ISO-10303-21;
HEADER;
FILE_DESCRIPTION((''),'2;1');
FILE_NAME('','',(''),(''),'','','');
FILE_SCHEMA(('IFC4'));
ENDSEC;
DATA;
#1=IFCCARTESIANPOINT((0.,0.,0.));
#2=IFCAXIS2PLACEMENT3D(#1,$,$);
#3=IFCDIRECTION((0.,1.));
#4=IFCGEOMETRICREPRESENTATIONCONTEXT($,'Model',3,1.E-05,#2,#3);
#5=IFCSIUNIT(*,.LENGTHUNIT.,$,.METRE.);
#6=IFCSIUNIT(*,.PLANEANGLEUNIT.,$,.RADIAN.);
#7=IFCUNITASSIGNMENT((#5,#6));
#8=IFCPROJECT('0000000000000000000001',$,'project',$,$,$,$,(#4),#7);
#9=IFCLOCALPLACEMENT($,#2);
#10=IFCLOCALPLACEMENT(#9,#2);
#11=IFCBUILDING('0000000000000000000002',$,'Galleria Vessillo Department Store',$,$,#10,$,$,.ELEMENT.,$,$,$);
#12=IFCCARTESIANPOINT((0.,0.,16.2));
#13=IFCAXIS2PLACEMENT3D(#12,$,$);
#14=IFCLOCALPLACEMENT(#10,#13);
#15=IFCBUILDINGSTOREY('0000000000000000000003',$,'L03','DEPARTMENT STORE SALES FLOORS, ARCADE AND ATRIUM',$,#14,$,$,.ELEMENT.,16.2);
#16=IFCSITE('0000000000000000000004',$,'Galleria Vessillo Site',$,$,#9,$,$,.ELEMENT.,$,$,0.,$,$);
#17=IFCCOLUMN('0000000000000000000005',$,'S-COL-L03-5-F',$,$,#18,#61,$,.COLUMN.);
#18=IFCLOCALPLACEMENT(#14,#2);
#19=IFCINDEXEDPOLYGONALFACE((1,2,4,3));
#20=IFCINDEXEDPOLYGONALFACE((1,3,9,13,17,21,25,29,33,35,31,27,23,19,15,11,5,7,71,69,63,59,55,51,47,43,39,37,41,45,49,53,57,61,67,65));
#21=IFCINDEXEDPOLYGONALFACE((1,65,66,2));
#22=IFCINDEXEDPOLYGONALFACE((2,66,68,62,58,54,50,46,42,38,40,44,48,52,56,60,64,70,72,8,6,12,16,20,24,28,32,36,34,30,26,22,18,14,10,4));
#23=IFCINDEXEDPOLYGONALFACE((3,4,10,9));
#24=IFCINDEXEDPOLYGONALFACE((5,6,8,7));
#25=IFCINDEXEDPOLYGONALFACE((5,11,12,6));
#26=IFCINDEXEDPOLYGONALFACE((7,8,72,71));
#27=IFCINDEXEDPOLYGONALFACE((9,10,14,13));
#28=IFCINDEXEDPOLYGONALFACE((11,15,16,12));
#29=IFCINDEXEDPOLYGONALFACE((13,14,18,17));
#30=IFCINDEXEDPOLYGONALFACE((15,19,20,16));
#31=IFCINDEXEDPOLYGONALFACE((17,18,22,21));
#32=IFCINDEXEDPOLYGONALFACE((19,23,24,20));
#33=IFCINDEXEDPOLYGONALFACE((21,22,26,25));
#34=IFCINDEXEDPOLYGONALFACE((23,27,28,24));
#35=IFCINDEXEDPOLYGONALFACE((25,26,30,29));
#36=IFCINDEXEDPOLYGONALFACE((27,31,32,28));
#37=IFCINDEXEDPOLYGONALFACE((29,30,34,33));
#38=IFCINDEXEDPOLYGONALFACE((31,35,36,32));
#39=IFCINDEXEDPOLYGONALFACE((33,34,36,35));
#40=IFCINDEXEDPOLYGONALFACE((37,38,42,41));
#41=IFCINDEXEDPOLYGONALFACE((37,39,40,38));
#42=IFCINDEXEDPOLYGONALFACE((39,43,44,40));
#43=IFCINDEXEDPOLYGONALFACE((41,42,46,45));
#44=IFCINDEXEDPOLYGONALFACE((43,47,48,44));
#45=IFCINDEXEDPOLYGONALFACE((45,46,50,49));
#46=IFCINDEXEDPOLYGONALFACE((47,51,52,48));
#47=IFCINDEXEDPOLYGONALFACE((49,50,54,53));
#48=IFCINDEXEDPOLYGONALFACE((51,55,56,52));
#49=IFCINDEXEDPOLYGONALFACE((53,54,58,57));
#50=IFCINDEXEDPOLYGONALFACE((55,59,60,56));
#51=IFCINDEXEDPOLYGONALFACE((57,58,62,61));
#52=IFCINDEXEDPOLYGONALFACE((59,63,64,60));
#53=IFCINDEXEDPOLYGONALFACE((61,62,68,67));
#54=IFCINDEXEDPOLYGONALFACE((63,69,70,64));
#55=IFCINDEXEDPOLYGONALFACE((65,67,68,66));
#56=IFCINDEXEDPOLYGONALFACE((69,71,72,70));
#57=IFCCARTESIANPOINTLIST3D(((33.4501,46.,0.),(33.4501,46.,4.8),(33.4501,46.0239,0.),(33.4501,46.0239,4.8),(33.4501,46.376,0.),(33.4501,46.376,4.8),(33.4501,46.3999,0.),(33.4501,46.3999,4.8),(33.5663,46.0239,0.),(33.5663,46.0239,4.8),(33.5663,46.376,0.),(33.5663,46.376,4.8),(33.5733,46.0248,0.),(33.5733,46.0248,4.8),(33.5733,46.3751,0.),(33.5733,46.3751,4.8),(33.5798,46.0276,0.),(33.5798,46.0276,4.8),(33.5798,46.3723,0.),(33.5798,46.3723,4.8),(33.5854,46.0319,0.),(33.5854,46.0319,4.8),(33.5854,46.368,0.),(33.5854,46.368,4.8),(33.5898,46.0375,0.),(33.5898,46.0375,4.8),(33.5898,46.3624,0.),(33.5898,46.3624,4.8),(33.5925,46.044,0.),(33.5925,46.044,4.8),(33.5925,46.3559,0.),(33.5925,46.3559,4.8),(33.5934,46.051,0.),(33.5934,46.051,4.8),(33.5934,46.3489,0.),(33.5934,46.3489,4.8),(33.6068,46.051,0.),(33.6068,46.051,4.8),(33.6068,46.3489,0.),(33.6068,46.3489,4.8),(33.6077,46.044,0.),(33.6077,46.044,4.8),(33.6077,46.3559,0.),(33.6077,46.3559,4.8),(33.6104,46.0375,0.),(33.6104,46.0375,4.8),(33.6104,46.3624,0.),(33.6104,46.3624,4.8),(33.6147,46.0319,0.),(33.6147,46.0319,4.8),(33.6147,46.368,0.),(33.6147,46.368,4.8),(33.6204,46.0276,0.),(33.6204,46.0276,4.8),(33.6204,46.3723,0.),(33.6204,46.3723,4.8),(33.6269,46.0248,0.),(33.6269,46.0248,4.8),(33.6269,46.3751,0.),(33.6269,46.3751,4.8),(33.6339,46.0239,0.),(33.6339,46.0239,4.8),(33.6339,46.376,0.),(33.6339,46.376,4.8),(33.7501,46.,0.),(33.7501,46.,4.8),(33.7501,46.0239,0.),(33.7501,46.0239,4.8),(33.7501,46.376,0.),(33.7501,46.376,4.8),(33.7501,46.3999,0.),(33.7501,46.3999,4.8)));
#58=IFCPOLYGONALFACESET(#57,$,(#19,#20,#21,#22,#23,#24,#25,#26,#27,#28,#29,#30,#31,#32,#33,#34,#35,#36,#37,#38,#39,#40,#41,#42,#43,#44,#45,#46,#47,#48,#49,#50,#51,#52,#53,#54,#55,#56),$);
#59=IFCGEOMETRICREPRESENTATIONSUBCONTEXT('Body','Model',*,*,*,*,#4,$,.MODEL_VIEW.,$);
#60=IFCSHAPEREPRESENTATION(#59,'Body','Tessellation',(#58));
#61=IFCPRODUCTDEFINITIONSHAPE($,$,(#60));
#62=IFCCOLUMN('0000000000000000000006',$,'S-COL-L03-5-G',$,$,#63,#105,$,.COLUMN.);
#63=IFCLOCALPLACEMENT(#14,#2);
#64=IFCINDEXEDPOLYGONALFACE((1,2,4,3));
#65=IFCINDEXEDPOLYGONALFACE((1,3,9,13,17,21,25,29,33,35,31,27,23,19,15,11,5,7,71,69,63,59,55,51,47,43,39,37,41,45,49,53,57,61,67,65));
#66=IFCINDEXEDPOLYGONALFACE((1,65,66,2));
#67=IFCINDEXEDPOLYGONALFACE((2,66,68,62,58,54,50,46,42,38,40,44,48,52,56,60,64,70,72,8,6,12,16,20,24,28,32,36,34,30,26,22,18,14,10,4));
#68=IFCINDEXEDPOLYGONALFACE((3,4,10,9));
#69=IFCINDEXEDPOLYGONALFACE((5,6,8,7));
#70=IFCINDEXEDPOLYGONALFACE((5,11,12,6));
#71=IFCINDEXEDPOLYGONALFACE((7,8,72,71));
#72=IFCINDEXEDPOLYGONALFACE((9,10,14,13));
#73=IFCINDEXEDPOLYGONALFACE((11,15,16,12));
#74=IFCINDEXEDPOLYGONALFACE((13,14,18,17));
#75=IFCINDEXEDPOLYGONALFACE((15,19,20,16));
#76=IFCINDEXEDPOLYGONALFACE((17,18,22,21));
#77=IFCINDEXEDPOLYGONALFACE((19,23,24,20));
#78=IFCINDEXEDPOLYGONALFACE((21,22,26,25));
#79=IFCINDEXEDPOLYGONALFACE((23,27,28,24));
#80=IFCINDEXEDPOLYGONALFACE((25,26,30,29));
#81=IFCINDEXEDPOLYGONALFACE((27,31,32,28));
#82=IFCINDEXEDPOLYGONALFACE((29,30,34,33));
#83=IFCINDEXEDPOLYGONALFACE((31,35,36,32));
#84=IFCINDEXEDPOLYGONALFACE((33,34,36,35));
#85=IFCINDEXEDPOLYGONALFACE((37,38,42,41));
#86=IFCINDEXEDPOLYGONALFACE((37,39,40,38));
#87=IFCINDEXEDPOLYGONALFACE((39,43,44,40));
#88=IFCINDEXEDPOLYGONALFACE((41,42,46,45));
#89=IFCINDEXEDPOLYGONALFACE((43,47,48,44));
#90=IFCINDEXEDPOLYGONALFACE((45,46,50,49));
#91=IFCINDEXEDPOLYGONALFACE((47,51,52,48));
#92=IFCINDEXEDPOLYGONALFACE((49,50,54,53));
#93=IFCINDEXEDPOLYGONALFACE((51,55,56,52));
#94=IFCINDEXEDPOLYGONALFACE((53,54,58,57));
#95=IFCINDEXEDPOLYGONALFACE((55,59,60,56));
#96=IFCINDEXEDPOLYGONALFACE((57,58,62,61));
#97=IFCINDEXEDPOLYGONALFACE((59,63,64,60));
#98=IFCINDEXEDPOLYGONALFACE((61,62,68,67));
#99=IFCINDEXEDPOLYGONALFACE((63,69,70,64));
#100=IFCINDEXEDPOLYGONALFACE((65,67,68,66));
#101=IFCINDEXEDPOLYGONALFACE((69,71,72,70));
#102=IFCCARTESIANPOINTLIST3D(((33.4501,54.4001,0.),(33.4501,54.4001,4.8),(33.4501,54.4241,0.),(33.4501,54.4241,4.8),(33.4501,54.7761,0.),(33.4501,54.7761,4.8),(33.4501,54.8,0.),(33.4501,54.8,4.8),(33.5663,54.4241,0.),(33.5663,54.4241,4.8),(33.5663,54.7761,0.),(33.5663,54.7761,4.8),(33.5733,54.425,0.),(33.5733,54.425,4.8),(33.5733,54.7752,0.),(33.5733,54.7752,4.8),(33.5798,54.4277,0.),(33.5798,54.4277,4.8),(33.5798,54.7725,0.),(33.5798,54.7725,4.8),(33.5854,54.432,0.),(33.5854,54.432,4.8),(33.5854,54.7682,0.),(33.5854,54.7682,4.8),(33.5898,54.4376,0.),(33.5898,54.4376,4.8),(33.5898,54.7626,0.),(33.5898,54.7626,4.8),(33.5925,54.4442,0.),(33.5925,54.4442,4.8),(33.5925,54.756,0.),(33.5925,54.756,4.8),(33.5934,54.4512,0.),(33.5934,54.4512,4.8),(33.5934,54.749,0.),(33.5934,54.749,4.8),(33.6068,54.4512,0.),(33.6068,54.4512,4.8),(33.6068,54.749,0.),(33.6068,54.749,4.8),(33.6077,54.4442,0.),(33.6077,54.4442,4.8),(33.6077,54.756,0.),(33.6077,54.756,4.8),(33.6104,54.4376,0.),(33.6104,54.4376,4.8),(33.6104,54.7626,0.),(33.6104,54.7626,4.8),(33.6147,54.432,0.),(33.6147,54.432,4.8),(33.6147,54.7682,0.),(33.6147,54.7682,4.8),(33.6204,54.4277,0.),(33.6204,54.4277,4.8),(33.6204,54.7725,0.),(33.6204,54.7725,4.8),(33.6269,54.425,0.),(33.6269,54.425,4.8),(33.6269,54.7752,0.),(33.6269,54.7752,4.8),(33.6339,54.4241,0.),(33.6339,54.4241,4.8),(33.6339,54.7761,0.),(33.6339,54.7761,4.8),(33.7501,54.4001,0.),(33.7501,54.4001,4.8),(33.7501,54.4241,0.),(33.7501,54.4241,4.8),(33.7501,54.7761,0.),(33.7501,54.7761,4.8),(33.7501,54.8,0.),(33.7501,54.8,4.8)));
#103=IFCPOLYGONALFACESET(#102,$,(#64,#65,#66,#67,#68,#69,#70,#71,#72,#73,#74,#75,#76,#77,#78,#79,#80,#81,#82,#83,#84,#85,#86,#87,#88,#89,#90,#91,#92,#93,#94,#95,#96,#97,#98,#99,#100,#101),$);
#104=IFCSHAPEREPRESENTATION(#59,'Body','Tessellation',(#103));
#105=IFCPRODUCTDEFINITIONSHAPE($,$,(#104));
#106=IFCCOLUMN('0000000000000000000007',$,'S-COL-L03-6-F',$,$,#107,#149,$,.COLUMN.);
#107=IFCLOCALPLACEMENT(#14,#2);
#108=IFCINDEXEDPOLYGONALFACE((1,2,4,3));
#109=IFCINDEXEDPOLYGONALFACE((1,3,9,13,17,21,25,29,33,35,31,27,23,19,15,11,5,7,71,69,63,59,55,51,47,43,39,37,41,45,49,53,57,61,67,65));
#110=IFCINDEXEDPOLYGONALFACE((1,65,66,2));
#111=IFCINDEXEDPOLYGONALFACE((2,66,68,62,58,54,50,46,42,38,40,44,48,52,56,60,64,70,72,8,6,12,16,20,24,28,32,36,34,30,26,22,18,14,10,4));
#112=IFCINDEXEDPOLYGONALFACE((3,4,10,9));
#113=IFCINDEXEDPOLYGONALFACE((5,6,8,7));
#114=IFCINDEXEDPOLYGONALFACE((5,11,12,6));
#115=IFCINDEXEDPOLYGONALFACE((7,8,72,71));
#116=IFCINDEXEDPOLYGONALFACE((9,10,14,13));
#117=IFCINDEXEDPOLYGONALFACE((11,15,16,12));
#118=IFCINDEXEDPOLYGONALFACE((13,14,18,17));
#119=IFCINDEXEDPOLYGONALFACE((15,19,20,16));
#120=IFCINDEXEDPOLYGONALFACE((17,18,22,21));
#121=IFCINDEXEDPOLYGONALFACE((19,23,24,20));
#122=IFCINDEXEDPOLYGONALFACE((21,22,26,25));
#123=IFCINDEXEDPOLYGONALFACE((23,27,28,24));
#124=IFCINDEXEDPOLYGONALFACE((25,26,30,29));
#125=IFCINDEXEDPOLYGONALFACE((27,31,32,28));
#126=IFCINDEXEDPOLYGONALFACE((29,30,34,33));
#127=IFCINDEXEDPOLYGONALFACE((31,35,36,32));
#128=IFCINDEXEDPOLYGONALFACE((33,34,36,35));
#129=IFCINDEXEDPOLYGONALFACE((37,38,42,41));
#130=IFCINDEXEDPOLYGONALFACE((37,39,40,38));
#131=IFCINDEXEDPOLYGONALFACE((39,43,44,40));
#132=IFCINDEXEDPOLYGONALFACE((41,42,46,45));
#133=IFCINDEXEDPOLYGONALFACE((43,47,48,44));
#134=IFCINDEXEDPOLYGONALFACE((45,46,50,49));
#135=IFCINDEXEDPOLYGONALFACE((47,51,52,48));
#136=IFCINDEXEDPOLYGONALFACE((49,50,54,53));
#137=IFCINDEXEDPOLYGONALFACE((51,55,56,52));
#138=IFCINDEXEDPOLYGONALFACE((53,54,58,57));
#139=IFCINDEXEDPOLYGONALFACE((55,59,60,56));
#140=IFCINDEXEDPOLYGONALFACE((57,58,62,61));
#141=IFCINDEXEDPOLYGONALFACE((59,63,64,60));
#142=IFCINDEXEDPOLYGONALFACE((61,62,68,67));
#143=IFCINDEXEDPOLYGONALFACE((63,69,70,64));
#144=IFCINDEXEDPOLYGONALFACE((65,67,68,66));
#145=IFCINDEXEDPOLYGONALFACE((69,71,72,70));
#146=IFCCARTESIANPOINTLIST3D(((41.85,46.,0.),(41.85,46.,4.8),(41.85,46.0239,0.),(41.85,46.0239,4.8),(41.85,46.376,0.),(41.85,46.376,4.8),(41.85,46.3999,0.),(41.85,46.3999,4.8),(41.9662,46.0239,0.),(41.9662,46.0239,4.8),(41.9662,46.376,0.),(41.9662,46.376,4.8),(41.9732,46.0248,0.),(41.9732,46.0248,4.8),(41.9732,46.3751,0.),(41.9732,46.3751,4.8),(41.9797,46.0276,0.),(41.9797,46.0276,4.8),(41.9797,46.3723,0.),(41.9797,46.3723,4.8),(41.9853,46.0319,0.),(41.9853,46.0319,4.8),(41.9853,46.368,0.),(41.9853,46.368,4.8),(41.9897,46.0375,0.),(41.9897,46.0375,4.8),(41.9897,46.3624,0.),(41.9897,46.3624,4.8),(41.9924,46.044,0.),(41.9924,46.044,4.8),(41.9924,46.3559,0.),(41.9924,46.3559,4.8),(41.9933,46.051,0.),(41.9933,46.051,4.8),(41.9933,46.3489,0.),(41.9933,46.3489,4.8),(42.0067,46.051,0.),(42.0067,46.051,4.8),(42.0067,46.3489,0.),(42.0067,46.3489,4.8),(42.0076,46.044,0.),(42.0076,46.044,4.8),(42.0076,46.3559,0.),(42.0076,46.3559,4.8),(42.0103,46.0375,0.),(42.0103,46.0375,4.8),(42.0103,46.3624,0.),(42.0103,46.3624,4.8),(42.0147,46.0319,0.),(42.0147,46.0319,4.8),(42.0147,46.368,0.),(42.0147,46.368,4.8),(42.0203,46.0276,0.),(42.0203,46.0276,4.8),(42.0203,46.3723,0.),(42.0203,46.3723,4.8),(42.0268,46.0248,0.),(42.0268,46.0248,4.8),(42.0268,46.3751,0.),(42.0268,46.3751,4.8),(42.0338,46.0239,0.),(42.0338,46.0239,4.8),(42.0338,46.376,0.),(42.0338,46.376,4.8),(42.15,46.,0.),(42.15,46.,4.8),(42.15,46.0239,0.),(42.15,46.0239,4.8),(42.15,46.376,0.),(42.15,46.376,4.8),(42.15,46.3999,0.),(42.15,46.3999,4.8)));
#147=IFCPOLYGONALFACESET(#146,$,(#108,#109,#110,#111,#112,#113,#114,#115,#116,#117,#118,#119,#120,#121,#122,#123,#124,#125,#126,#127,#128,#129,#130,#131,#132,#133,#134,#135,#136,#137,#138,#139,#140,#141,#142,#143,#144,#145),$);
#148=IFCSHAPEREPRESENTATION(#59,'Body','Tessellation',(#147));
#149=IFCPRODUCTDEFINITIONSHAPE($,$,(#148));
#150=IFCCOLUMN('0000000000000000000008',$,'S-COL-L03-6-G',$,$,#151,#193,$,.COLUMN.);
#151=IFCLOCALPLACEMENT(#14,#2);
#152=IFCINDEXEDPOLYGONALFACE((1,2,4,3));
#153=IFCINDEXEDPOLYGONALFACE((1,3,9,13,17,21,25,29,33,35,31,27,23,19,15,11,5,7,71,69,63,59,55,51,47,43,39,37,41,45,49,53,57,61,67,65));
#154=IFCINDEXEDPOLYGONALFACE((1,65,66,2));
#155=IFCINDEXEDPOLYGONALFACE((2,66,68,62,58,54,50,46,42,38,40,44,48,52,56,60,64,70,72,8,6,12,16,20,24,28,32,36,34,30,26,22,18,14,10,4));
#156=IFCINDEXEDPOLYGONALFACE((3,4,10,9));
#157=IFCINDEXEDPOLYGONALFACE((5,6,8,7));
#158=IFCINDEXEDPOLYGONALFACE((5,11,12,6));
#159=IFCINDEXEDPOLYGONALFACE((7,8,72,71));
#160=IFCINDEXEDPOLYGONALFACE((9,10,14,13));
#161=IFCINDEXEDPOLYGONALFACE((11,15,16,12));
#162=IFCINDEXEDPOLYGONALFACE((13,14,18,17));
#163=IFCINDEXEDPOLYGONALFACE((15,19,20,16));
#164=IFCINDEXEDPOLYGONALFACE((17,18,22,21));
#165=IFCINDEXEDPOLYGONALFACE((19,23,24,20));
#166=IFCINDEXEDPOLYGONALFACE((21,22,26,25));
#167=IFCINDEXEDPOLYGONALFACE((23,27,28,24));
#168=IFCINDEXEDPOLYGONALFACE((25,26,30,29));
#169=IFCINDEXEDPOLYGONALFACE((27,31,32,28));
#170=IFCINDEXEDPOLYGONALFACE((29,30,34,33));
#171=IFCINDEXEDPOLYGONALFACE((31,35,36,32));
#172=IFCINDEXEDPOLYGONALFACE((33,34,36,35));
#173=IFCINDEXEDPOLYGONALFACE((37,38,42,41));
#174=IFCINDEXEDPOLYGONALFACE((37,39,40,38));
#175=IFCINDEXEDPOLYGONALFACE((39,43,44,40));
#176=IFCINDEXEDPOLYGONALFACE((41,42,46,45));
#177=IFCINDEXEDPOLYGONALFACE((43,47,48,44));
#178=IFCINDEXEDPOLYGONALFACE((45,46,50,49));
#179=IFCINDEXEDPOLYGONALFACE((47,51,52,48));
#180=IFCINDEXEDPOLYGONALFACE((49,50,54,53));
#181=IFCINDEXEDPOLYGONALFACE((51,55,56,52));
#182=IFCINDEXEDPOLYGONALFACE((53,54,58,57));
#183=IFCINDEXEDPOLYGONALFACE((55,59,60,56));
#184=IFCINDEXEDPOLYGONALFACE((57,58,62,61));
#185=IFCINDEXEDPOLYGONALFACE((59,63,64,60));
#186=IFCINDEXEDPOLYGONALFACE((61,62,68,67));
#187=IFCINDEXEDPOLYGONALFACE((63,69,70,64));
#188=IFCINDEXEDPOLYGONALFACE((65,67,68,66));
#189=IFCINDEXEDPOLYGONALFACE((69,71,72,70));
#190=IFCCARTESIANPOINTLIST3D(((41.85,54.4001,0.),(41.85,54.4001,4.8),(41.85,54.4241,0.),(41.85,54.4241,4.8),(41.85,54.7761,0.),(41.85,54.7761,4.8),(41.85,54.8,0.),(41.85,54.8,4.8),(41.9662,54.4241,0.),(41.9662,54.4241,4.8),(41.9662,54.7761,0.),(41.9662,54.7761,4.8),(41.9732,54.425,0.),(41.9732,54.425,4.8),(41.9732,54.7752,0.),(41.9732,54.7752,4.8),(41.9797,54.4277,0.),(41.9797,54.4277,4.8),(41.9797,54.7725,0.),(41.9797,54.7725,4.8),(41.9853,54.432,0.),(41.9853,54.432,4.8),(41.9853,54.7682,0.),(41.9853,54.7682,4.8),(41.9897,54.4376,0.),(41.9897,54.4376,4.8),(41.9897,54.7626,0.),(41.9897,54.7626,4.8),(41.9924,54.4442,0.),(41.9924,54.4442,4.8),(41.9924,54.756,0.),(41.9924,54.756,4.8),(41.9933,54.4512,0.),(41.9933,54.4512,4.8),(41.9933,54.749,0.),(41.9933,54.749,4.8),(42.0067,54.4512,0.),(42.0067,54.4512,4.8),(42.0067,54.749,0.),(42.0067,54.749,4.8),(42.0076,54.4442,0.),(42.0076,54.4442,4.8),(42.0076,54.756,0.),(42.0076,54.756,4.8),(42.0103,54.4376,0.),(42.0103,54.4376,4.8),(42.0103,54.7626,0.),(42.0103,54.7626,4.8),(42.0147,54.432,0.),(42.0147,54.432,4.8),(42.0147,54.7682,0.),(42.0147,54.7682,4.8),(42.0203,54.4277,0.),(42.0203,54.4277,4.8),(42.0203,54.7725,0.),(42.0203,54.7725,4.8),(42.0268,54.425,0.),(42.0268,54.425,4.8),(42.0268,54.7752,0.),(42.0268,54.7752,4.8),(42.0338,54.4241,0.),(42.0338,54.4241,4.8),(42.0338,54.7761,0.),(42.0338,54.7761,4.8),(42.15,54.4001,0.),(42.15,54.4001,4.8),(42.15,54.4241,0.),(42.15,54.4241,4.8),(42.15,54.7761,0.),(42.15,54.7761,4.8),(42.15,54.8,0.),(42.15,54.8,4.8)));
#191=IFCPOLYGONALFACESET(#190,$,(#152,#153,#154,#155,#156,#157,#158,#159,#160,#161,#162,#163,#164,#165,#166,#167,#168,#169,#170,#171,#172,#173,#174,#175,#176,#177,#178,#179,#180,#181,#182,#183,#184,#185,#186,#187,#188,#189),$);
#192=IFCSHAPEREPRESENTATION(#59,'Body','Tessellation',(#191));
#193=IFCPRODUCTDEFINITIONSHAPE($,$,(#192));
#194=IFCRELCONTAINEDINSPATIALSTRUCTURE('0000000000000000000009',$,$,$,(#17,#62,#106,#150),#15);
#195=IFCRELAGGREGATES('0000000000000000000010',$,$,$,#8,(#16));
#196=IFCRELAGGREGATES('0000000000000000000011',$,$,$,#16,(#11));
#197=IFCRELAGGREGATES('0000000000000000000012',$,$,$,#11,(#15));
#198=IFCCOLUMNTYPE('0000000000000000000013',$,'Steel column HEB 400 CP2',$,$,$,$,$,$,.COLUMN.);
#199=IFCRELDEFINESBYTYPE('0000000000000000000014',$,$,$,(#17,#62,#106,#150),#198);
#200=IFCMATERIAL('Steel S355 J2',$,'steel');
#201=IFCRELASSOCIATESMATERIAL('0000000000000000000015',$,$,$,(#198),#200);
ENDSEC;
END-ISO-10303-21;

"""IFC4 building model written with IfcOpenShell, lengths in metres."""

from ifc_helpers import new_model, si_unit, direction, frame, origin, origin_2d, place, context, subcontext, project, spatial, i_section, extrude, material, material_profile, profile_set, type_object, element, save


model = new_model("IFC4")

# Units and contexts
model_context = context("Model", 3, precision=1e-05, world=origin(), true_north=direction((0.0, 1.0)))
body_context = subcontext(model_context, "Body", "Model", "MODEL_VIEW")
ifc_project = project(units=[si_unit("LENGTHUNIT", "METRE"), si_unit("PLANEANGLEUNIT", "RADIAN")], contexts=[model_context])

# Site, building, storey
site_placement = place(None, origin())
site = spatial("IfcSite", under=ifc_project, at=site_placement, Name="Galleria Vessillo Site", CompositionType="ELEMENT", RefElevation=0.0)
building_placement = place(site_placement, origin())
building = spatial("IfcBuilding", under=site, at=building_placement, Name="Galleria Vessillo Department Store", CompositionType="ELEMENT")
storey_placement = place(building_placement, frame((0.0, 0.0, 16.2)))
storey = spatial("IfcBuildingStorey", under=building, at=storey_placement, Name="L03", Description="DEPARTMENT STORE SALES FLOORS, ARCADE AND ATRIUM", CompositionType="ELEMENT", Elevation=16.2)

# Columns
ifc_material_1 = material(Name="Steel S355 J2", Category="steel")
ifc_material_profile_1 = material_profile(ifc_material_1, i_section(OverallWidth=0.3, OverallDepth=0.3999, WebThickness=0.0134, FlangeThickness=0.0239, FilletRadius=0.0271, at=origin_2d()), Name="HEB 400")
ifc_profile_set_1 = profile_set([ifc_material_profile_1], Name="Steel S355 J2")
column_type = type_object("IfcColumnType", Name="Steel column HEB 400 CP2", PredefinedType="COLUMN", material=ifc_profile_set_1)
for number, where, z_axis, x_axis, name in (
    (1, (33.6001, 46.2, 0.0), (0.0, 0.0, 1.0), (1.0, 0.0, 0.0), "S-COL-L03-5-F"),
    (2, (33.6001, 54.6001, 0.0), (0.0, 0.0, 1.0), (1.0, 0.0, 0.0), "S-COL-L03-5-G"),
    (3, (42.0, 46.2, 0.0), (0.0, 0.0, 1.0), (1.0, 0.0, 0.0), "S-COL-L03-6-F"),
    (4, (42.0, 54.6001, 0.0), (0.0, 0.0, 1.0), (1.0, 0.0, 0.0), "S-COL-L03-6-G"),
):
    element("IfcColumn", number, at=place(storey_placement, frame(where, z_axis=z_axis, x_axis=x_axis)), inside=storey, type_object=column_type, Name=name, PredefinedType="COLUMN", context=body_context, shape_type="SweptSolid", body=[
        extrude(i_section(OverallWidth=0.3, OverallDepth=0.3999, WebThickness=0.0134, FlangeThickness=0.0239, FilletRadius=0.0271, at=origin_2d()), origin(), (0.0, 0.0, 1.0), 4.8),
    ])

save(model, "model.ifc")
